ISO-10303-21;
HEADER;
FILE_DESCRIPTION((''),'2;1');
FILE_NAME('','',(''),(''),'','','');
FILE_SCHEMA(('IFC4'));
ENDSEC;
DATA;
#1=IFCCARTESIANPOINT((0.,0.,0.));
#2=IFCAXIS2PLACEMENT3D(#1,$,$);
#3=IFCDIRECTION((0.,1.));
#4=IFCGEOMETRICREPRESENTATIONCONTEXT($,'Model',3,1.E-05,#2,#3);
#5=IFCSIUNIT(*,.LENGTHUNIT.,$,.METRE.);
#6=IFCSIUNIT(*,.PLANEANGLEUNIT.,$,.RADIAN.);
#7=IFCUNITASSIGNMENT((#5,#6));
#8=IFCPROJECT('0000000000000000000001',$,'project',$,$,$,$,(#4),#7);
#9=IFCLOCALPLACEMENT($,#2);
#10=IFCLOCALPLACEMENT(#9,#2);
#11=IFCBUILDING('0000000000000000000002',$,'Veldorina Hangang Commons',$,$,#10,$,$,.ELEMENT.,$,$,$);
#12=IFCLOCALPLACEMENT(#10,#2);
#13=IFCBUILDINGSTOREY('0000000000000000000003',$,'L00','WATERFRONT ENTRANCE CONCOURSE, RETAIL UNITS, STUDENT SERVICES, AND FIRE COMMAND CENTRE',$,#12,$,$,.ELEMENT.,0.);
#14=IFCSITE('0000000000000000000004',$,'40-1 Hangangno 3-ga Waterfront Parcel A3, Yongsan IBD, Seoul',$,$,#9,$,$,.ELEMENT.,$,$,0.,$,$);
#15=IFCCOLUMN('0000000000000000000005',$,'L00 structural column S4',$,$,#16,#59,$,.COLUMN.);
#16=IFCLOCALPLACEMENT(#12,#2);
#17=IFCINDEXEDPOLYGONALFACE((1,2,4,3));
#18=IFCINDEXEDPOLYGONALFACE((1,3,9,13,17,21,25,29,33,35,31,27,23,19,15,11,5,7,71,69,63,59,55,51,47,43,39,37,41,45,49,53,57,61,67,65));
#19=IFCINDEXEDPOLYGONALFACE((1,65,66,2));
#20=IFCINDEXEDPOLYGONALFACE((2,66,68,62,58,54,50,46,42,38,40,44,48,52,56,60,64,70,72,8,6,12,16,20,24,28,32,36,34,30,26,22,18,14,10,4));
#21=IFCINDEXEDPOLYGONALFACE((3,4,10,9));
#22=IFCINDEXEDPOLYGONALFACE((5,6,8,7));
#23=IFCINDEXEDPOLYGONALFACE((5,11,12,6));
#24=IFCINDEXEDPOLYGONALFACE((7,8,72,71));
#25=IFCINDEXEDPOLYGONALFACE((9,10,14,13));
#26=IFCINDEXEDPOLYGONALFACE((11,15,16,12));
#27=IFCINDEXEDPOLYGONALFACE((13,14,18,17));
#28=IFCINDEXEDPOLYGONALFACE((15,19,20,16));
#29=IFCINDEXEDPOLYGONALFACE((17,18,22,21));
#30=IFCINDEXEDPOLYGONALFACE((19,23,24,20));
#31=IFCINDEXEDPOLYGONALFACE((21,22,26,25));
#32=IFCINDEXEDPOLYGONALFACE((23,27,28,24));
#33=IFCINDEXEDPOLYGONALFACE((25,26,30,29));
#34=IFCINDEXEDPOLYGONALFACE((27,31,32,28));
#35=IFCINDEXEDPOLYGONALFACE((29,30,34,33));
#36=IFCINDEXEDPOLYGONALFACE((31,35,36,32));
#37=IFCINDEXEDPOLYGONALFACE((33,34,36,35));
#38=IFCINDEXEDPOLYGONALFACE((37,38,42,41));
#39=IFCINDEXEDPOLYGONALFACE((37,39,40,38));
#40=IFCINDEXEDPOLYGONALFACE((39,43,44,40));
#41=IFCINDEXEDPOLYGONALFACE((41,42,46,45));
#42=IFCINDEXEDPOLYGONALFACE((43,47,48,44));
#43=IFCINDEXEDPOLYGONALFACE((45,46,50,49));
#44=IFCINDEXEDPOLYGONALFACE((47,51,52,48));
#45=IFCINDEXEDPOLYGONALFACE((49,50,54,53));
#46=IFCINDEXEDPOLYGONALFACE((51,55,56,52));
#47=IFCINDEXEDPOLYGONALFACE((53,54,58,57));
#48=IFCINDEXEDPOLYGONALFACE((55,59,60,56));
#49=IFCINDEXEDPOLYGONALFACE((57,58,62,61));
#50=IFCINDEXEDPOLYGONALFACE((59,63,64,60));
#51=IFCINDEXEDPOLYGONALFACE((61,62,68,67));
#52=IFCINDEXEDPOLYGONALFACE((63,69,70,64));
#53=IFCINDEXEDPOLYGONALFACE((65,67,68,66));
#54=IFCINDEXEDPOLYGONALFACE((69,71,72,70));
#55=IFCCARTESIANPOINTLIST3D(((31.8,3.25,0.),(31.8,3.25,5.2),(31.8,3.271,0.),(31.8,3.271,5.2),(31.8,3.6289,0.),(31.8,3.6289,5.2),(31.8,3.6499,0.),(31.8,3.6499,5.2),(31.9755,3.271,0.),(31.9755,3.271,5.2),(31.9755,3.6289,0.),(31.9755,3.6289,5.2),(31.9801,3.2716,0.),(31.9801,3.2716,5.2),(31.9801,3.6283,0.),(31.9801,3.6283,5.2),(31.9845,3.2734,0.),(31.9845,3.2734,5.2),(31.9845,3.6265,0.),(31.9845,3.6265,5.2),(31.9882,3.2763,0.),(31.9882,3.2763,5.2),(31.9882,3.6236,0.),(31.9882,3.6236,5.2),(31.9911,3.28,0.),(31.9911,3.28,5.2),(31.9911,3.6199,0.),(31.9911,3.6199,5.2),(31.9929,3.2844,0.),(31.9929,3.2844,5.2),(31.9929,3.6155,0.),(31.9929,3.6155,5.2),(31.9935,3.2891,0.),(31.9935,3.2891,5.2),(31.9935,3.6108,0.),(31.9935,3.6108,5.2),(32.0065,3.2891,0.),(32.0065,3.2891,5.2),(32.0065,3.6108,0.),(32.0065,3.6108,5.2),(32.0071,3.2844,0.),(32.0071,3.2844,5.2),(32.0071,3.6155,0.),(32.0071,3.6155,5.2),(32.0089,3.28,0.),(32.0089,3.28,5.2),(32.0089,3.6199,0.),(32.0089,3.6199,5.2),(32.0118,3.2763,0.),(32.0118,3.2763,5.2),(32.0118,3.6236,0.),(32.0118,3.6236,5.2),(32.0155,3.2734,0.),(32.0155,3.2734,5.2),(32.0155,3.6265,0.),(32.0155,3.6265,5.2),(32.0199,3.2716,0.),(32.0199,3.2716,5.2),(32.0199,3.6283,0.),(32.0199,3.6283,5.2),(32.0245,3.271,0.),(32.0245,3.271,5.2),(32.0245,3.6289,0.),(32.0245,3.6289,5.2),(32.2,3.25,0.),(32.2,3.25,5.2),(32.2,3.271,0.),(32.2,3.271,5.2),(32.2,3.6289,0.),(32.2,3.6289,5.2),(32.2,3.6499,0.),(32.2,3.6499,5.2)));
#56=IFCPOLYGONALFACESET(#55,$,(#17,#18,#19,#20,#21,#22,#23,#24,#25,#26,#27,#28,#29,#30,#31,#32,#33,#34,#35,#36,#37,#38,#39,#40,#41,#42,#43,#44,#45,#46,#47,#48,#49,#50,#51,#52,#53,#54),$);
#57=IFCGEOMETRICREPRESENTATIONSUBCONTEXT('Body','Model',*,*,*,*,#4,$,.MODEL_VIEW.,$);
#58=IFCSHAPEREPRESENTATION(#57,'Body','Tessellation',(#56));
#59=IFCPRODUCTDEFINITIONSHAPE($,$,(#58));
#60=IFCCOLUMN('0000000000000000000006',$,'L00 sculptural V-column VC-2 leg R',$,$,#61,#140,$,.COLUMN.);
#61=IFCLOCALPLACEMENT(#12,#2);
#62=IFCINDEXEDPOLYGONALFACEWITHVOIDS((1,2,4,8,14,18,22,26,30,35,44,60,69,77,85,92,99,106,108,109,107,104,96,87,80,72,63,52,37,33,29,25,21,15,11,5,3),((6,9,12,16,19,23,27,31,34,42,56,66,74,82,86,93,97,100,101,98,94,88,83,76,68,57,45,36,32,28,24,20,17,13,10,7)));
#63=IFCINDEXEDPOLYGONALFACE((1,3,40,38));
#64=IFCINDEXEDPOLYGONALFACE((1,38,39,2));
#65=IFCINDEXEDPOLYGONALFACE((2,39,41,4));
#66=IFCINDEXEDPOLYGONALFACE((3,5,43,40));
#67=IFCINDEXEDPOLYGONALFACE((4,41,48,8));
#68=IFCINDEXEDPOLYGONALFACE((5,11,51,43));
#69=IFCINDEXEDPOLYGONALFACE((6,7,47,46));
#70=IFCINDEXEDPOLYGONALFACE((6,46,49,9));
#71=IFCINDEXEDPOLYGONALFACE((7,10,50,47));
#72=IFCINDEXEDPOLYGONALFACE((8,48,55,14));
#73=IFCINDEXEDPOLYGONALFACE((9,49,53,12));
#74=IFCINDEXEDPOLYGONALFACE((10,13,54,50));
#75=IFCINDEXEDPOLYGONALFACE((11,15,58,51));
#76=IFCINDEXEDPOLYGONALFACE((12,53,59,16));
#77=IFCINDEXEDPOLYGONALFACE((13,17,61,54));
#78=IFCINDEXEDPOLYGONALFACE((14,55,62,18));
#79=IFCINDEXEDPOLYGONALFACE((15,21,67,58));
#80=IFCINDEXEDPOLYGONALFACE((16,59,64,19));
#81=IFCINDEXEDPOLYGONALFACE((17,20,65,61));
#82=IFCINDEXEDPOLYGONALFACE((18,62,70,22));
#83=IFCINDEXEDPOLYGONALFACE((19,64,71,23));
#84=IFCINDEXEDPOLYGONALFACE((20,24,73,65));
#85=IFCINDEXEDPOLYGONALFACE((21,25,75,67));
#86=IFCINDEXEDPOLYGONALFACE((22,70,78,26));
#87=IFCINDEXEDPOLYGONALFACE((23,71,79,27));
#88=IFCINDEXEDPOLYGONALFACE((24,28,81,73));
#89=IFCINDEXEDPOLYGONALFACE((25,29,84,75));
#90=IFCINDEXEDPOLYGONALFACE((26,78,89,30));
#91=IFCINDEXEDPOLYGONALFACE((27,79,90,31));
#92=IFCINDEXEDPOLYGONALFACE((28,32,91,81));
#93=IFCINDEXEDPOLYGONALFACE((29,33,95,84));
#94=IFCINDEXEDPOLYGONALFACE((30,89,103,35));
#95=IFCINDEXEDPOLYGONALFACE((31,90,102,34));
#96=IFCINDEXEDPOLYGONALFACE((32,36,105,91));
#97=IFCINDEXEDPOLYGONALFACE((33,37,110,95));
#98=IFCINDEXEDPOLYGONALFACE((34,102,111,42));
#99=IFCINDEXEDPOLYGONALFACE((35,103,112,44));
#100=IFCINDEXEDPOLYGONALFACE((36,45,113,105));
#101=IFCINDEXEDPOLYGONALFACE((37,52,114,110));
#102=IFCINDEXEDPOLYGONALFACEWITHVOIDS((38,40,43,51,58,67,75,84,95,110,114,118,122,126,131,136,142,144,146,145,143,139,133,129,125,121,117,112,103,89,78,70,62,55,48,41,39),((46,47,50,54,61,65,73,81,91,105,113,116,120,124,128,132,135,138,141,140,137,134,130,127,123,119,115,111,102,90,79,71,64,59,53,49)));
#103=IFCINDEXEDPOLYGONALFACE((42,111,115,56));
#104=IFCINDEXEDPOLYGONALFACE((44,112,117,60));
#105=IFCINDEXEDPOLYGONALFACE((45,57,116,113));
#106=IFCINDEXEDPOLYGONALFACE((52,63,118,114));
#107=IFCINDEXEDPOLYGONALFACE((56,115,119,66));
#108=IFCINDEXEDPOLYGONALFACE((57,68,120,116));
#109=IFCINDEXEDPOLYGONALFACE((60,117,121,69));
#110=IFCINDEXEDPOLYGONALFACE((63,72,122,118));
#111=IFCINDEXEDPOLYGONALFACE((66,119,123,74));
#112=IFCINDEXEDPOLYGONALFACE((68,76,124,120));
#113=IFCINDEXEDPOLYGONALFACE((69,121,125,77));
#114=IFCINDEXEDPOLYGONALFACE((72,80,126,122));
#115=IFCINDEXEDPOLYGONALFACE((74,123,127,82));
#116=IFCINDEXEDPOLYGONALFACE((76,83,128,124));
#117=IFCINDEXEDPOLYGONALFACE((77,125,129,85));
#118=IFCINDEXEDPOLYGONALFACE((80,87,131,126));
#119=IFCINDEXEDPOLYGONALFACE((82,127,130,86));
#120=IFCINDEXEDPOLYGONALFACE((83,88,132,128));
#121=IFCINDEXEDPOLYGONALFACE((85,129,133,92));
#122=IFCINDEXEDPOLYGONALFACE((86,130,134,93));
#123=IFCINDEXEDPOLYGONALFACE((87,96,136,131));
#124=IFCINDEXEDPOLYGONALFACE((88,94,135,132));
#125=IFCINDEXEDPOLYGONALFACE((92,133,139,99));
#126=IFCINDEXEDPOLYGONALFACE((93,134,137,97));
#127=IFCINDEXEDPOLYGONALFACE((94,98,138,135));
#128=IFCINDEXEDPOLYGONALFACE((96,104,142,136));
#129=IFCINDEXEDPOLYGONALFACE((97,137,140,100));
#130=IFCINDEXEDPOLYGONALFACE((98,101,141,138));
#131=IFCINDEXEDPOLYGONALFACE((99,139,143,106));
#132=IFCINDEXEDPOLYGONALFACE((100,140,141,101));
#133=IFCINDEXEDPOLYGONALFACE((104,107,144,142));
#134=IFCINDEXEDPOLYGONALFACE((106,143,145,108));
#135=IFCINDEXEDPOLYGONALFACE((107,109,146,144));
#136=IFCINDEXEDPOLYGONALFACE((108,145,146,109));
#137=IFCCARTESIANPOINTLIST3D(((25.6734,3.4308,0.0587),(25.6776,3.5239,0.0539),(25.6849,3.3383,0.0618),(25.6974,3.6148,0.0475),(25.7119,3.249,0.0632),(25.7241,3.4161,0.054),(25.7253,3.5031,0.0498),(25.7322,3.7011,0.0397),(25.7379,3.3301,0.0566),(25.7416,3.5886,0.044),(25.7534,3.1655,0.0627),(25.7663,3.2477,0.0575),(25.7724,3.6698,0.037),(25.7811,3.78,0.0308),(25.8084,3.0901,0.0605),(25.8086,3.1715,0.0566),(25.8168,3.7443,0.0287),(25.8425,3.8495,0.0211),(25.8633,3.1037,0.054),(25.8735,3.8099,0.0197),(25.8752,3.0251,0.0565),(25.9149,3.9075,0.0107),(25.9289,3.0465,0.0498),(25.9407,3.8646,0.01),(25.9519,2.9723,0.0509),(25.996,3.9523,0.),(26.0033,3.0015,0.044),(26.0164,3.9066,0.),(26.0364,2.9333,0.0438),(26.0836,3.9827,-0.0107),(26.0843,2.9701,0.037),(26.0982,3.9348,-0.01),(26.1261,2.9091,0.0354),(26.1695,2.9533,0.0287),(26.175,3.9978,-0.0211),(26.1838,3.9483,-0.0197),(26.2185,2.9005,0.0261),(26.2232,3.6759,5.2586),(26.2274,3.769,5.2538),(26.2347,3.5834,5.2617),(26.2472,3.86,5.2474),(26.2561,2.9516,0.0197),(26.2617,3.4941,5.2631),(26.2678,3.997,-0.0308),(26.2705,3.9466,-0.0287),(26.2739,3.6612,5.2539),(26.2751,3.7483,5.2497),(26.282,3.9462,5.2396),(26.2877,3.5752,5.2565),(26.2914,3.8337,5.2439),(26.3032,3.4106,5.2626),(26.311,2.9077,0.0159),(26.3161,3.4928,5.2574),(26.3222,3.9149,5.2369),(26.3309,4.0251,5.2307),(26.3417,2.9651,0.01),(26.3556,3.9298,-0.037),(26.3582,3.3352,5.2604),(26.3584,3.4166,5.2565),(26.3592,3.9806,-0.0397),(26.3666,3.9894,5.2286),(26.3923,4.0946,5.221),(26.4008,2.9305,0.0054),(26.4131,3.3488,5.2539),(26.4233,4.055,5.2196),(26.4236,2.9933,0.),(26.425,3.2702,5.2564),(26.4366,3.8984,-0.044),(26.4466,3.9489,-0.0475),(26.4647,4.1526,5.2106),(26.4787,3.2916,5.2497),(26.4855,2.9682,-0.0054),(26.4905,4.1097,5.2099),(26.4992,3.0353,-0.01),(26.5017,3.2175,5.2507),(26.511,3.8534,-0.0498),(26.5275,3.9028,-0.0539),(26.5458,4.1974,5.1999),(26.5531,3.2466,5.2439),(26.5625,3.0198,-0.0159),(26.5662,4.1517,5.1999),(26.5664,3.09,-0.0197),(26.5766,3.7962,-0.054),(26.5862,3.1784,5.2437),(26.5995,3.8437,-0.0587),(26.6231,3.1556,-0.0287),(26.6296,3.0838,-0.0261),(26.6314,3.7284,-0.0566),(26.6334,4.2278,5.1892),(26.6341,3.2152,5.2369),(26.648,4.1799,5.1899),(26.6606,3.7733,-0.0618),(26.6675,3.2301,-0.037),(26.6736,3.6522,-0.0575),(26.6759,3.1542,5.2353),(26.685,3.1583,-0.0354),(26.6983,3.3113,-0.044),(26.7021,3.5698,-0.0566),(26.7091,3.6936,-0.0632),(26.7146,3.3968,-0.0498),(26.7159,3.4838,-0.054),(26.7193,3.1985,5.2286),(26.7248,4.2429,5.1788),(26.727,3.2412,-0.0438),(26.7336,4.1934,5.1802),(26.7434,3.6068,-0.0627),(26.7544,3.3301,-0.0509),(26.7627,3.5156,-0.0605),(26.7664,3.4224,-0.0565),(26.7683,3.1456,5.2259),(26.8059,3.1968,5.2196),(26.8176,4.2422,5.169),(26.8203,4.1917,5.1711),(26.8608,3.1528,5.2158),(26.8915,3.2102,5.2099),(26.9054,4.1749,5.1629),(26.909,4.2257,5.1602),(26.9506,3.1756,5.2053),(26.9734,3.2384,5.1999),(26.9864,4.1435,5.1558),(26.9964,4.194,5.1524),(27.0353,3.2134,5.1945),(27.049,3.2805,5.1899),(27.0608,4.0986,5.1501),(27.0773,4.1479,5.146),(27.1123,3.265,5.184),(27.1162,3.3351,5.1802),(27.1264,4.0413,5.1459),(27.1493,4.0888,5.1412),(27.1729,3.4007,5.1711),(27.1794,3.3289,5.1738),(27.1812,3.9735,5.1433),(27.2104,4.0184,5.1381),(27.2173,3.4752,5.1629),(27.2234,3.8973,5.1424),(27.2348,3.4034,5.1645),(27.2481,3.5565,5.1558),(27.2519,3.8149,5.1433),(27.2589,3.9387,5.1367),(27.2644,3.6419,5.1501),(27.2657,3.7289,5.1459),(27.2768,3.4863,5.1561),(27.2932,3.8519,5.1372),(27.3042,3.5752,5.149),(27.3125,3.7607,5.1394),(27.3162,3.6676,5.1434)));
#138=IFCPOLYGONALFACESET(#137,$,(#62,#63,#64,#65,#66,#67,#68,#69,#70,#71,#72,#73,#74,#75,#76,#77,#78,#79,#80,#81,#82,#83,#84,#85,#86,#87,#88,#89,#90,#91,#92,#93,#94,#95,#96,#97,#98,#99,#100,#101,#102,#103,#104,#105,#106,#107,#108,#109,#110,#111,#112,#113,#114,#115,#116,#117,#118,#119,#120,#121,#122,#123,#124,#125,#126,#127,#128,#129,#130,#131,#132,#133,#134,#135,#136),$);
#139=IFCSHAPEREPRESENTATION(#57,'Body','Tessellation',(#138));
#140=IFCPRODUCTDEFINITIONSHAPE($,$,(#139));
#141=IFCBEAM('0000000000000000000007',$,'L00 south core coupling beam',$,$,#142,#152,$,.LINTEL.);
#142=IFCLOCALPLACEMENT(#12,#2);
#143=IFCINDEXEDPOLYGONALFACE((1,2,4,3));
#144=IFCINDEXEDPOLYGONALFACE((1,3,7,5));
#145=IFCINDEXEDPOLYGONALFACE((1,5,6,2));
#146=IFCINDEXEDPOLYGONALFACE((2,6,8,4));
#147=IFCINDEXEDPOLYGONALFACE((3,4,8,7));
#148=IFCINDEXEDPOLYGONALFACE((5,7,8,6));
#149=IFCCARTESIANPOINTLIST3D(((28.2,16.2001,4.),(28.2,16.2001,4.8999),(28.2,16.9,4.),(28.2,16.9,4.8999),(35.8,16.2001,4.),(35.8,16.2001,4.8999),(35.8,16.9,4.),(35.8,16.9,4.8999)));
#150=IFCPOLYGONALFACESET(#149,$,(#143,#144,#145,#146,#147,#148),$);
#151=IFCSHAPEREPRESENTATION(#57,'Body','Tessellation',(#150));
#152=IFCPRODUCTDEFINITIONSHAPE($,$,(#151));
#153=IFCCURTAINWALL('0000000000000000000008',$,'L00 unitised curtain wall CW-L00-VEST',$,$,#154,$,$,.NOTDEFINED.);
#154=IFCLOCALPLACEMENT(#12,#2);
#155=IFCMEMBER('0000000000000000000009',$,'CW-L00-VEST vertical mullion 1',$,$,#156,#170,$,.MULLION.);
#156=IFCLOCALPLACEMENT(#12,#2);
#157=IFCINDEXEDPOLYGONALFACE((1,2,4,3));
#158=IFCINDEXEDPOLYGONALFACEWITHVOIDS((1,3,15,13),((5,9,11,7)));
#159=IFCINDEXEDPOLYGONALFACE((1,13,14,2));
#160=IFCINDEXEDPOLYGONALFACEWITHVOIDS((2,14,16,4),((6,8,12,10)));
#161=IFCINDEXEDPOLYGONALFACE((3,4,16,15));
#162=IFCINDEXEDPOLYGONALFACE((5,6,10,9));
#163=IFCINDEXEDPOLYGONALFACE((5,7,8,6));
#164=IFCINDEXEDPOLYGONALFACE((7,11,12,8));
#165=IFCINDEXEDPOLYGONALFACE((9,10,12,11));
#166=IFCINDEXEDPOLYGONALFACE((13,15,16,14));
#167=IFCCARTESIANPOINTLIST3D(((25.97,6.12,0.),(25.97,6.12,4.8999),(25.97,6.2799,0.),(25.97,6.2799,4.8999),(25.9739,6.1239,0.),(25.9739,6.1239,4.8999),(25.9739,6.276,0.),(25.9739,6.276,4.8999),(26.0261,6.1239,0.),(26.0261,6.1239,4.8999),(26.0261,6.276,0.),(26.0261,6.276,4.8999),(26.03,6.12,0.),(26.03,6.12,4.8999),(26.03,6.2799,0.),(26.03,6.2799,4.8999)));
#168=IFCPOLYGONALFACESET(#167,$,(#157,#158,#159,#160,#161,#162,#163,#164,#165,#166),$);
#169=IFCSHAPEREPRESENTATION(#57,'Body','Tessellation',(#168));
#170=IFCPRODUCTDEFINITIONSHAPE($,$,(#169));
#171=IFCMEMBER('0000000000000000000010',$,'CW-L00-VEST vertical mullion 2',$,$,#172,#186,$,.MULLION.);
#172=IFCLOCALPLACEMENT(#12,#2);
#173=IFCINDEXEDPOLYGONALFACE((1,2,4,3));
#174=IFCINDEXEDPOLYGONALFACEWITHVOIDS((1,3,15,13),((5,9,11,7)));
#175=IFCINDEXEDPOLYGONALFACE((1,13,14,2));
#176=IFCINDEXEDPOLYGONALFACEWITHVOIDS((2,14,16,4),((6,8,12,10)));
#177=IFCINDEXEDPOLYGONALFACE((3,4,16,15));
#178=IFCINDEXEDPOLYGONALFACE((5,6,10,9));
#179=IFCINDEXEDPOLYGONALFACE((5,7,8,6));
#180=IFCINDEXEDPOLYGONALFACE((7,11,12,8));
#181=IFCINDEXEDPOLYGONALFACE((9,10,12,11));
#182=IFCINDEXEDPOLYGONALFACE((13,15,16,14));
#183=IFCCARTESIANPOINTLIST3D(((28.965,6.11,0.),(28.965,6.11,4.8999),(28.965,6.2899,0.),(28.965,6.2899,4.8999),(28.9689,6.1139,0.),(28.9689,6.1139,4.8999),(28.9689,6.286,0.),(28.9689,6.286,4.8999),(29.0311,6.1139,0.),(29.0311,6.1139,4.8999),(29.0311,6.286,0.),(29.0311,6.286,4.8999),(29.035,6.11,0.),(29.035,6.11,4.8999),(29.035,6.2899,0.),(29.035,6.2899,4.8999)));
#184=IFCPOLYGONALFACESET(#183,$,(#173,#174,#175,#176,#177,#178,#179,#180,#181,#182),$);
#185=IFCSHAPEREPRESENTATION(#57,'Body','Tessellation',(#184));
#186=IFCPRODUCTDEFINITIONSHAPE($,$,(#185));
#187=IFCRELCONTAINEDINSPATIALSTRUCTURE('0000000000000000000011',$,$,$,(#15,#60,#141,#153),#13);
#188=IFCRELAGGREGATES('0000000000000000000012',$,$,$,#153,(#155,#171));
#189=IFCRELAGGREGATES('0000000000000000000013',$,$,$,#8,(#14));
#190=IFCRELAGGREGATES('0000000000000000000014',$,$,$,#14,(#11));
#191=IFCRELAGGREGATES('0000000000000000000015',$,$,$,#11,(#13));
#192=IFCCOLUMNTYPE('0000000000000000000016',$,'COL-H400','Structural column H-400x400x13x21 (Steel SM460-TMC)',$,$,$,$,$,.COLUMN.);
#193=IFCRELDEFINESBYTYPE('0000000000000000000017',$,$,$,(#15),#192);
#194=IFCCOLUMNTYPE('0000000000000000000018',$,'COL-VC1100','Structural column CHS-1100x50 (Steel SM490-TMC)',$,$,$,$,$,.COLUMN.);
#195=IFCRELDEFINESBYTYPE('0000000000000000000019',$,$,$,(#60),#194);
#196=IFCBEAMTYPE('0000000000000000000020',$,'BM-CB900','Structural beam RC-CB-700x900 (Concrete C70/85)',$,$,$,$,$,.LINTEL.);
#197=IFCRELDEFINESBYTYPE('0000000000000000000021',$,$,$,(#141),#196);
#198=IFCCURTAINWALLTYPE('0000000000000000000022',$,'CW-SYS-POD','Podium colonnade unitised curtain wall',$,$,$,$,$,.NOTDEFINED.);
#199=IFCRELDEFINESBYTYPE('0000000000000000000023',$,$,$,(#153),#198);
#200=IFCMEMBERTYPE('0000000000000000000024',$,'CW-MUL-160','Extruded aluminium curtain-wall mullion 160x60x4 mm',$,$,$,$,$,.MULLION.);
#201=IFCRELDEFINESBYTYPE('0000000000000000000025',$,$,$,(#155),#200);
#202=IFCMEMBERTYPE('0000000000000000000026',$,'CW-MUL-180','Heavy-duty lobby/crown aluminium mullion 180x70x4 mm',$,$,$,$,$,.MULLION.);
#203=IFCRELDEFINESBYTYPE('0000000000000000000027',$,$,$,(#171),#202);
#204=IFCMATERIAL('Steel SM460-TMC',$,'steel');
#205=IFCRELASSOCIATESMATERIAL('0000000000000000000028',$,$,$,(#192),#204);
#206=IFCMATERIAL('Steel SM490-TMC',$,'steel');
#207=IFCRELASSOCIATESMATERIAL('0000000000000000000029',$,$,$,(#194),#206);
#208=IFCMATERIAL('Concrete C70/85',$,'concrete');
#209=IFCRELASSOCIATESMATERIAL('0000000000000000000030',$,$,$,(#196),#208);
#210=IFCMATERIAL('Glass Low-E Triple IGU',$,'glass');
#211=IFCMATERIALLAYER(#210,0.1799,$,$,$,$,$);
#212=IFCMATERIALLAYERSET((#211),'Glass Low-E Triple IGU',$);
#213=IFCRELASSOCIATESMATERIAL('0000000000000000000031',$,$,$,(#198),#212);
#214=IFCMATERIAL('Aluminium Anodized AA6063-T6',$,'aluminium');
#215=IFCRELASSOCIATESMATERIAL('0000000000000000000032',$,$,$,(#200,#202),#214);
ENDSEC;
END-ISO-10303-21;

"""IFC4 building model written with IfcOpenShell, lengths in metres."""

from ifc_helpers import new_model, si_unit, direction, frame, origin, origin_2d, place, context, subcontext, project, spatial, rectangle, hollow_rectangle, hollow_circle, i_section, extrude, material, layer, layer_set, material_profile, profile_set, type_object, element, aggregate, save


model = new_model("IFC4")

# Units and contexts
model_context = context("Model", 3, precision=1e-05, world=origin(), true_north=direction((0.0, 1.0)))
body_context = subcontext(model_context, "Body", "Model", "MODEL_VIEW")
ifc_project = project(units=[si_unit("LENGTHUNIT", "METRE"), si_unit("PLANEANGLEUNIT", "RADIAN")], contexts=[model_context])

# Site, building, storey
site_placement = place(None, origin())
site = spatial("IfcSite", under=ifc_project, at=site_placement, Name="40-1 Hangangno 3-ga Waterfront Parcel A3, Yongsan IBD, Seoul", CompositionType="ELEMENT", RefElevation=0.0)
building_placement = place(site_placement, origin())
building = spatial("IfcBuilding", under=site, at=building_placement, Name="Veldorina Hangang Commons", CompositionType="ELEMENT")
storey_placement = place(building_placement, origin())
storey = spatial("IfcBuildingStorey", under=building, at=storey_placement, Name="L00", Description="WATERFRONT ENTRANCE CONCOURSE, RETAIL UNITS, STUDENT SERVICES, AND FIRE COMMAND CENTRE", CompositionType="ELEMENT", Elevation=0.0)

# Columns
ifc_material_1 = material(Name="Steel SM460-TMC", Category="steel")
ifc_material_profile_1 = material_profile(ifc_material_1, i_section(OverallWidth=0.3999, OverallDepth=0.3999, WebThickness=0.0129, FlangeThickness=0.021, FilletRadius=0.0181, at=origin_2d()), Name="H-400x400x13x21")
ifc_profile_set_1 = profile_set([ifc_material_profile_1], Name="Steel SM460-TMC")
column_type_1 = type_object("IfcColumnType", Name="COL-H400", Description="Structural column H-400x400x13x21 (Steel SM460-TMC)", PredefinedType="COLUMN", material=ifc_profile_set_1)
column_1_placement = place(storey_placement, frame((32.0, 3.45, 0.0), z_axis=(0.0, 0.0, 1.0), x_axis=(1.0, 0.0, 0.0)))
element("IfcColumn", 1, at=column_1_placement, inside=storey, type_object=column_type_1, Name="L00 structural column S4", PredefinedType="COLUMN", context=body_context, shape_type="SweptSolid", body=[
    extrude(i_section(OverallWidth=0.3999, OverallDepth=0.3999, WebThickness=0.0129, FlangeThickness=0.021, FilletRadius=0.0181, at=origin_2d()), origin(), (0.0, 0.0, 1.0), 5.2),
])
ifc_material_2 = material(Name="Steel SM490-TMC", Category="steel")
ifc_material_profile_2 = material_profile(ifc_material_2, hollow_circle(Radius=0.55, WallThickness=0.05, at=origin_2d()), Name="CHS-1100x50")
ifc_profile_set_2 = profile_set([ifc_material_profile_2], Name="Steel SM490-TMC")
column_type_2 = type_object("IfcColumnType", Name="COL-VC1100", Description="Structural column CHS-1100x50 (Steel SM490-TMC)", PredefinedType="COLUMN", material=ifc_profile_set_2)
column_2_placement = place(storey_placement, frame((26.22, 3.45, 0.0), z_axis=(0.105031, 0.046826, 0.993366), x_axis=(-0.407192, 0.913343, 0.0)))
element("IfcColumn", 2, at=column_2_placement, inside=storey, type_object=column_type_2, Name="L00 sculptural V-column VC-2 leg R", PredefinedType="COLUMN", context=body_context, shape_type="SweptSolid", body=[
    extrude(hollow_circle(Radius=0.55, WallThickness=0.05, at=origin_2d()), origin(), (0.0, 0.0, 1.0), 5.2346),
])

# Beam
ifc_material_3 = material(Name="Concrete C70/85", Category="concrete")
ifc_material_profile_3 = material_profile(ifc_material_3, rectangle(XDim=0.7, YDim=0.8999, at=origin_2d()), Name="RC-CB-700x900")
ifc_profile_set_3 = profile_set([ifc_material_profile_3], Name="Concrete C70/85")
beam_type = type_object("IfcBeamType", Name="BM-CB900", Description="Structural beam RC-CB-700x900 (Concrete C70/85)", PredefinedType="LINTEL", material=ifc_profile_set_3)
beam_placement = place(storey_placement, frame((28.2, 16.55, 4.45), z_axis=(1.0, 0.0, 0.0), x_axis=(0.0, 1.0, 0.0)))
element("IfcBeam", 3, at=beam_placement, inside=storey, type_object=beam_type, Name="L00 south core coupling beam", PredefinedType="LINTEL", context=body_context, shape_type="SweptSolid", body=[
    extrude(rectangle(XDim=0.7, YDim=0.8999, at=origin_2d()), origin(), (0.0, 0.0, 1.0), 7.6001),
])

# Curtain wall, members
ifc_material_4 = material(Name="Glass Low-E Triple IGU", Category="glass")
ifc_layer_1 = layer(ifc_material_4, 0.1799)
ifc_layer_set_1 = layer_set([ifc_layer_1], Name="Glass Low-E Triple IGU")
curtain_wall_type = type_object("IfcCurtainWallType", Name="CW-SYS-POD", Description="Podium colonnade unitised curtain wall", PredefinedType="NOTDEFINED", material=ifc_layer_set_1)
curtain_wall_placement = place(storey_placement, origin())
curtain_wall = element("IfcCurtainWall", 4, at=curtain_wall_placement, inside=storey, type_object=curtain_wall_type, Name="L00 unitised curtain wall CW-L00-VEST", PredefinedType="NOTDEFINED")
ifc_material_5 = material(Name="Aluminium Anodized AA6063-T6", Category="aluminium")
ifc_material_profile_4 = material_profile(ifc_material_5, hollow_rectangle(XDim=0.0601, YDim=0.1599, WallThickness=0.0039, at=origin_2d()), Name="ALU-RHS-160x60x4")
ifc_profile_set_4 = profile_set([ifc_material_profile_4], Name="Aluminium Anodized AA6063-T6")
member_type_1 = type_object("IfcMemberType", Name="CW-MUL-160", Description="Extruded aluminium curtain-wall mullion 160x60x4 mm", PredefinedType="MULLION", material=ifc_profile_set_4)
member_1_placement = place(storey_placement, frame((26.0, 6.2, 0.0), z_axis=(0.0, 0.0, 1.0), x_axis=(1.0, 0.0, 0.0)))
member_1 = element("IfcMember", 5, at=member_1_placement, type_object=member_type_1, Name="CW-L00-VEST vertical mullion 1", PredefinedType="MULLION", context=body_context, shape_type="SweptSolid", body=[
    extrude(hollow_rectangle(XDim=0.0601, YDim=0.1599, WallThickness=0.0039, at=origin_2d()), origin(), (0.0, 0.0, 1.0), 4.8999),
])
ifc_material_profile_5 = material_profile(ifc_material_5, hollow_rectangle(XDim=0.0701, YDim=0.1799, WallThickness=0.0039, at=origin_2d()), Name="ALU-RHS-180x70x4")
ifc_profile_set_5 = profile_set([ifc_material_profile_5], Name="Aluminium Anodized AA6063-T6")
member_type_2 = type_object("IfcMemberType", Name="CW-MUL-180", Description="Heavy-duty lobby/crown aluminium mullion 180x70x4 mm", PredefinedType="MULLION", material=ifc_profile_set_5)
member_2_placement = place(storey_placement, frame((29.0, 6.2, 0.0), z_axis=(0.0, 0.0, 1.0), x_axis=(1.0, 0.0, 0.0)))
member_2 = element("IfcMember", 6, at=member_2_placement, type_object=member_type_2, Name="CW-L00-VEST vertical mullion 2", PredefinedType="MULLION", context=body_context, shape_type="SweptSolid", body=[
    extrude(hollow_rectangle(XDim=0.0701, YDim=0.1799, WallThickness=0.0039, at=origin_2d()), origin(), (0.0, 0.0, 1.0), 4.8999),
])
aggregate(curtain_wall, [member_1, member_2])

save(model, "model.ifc")
